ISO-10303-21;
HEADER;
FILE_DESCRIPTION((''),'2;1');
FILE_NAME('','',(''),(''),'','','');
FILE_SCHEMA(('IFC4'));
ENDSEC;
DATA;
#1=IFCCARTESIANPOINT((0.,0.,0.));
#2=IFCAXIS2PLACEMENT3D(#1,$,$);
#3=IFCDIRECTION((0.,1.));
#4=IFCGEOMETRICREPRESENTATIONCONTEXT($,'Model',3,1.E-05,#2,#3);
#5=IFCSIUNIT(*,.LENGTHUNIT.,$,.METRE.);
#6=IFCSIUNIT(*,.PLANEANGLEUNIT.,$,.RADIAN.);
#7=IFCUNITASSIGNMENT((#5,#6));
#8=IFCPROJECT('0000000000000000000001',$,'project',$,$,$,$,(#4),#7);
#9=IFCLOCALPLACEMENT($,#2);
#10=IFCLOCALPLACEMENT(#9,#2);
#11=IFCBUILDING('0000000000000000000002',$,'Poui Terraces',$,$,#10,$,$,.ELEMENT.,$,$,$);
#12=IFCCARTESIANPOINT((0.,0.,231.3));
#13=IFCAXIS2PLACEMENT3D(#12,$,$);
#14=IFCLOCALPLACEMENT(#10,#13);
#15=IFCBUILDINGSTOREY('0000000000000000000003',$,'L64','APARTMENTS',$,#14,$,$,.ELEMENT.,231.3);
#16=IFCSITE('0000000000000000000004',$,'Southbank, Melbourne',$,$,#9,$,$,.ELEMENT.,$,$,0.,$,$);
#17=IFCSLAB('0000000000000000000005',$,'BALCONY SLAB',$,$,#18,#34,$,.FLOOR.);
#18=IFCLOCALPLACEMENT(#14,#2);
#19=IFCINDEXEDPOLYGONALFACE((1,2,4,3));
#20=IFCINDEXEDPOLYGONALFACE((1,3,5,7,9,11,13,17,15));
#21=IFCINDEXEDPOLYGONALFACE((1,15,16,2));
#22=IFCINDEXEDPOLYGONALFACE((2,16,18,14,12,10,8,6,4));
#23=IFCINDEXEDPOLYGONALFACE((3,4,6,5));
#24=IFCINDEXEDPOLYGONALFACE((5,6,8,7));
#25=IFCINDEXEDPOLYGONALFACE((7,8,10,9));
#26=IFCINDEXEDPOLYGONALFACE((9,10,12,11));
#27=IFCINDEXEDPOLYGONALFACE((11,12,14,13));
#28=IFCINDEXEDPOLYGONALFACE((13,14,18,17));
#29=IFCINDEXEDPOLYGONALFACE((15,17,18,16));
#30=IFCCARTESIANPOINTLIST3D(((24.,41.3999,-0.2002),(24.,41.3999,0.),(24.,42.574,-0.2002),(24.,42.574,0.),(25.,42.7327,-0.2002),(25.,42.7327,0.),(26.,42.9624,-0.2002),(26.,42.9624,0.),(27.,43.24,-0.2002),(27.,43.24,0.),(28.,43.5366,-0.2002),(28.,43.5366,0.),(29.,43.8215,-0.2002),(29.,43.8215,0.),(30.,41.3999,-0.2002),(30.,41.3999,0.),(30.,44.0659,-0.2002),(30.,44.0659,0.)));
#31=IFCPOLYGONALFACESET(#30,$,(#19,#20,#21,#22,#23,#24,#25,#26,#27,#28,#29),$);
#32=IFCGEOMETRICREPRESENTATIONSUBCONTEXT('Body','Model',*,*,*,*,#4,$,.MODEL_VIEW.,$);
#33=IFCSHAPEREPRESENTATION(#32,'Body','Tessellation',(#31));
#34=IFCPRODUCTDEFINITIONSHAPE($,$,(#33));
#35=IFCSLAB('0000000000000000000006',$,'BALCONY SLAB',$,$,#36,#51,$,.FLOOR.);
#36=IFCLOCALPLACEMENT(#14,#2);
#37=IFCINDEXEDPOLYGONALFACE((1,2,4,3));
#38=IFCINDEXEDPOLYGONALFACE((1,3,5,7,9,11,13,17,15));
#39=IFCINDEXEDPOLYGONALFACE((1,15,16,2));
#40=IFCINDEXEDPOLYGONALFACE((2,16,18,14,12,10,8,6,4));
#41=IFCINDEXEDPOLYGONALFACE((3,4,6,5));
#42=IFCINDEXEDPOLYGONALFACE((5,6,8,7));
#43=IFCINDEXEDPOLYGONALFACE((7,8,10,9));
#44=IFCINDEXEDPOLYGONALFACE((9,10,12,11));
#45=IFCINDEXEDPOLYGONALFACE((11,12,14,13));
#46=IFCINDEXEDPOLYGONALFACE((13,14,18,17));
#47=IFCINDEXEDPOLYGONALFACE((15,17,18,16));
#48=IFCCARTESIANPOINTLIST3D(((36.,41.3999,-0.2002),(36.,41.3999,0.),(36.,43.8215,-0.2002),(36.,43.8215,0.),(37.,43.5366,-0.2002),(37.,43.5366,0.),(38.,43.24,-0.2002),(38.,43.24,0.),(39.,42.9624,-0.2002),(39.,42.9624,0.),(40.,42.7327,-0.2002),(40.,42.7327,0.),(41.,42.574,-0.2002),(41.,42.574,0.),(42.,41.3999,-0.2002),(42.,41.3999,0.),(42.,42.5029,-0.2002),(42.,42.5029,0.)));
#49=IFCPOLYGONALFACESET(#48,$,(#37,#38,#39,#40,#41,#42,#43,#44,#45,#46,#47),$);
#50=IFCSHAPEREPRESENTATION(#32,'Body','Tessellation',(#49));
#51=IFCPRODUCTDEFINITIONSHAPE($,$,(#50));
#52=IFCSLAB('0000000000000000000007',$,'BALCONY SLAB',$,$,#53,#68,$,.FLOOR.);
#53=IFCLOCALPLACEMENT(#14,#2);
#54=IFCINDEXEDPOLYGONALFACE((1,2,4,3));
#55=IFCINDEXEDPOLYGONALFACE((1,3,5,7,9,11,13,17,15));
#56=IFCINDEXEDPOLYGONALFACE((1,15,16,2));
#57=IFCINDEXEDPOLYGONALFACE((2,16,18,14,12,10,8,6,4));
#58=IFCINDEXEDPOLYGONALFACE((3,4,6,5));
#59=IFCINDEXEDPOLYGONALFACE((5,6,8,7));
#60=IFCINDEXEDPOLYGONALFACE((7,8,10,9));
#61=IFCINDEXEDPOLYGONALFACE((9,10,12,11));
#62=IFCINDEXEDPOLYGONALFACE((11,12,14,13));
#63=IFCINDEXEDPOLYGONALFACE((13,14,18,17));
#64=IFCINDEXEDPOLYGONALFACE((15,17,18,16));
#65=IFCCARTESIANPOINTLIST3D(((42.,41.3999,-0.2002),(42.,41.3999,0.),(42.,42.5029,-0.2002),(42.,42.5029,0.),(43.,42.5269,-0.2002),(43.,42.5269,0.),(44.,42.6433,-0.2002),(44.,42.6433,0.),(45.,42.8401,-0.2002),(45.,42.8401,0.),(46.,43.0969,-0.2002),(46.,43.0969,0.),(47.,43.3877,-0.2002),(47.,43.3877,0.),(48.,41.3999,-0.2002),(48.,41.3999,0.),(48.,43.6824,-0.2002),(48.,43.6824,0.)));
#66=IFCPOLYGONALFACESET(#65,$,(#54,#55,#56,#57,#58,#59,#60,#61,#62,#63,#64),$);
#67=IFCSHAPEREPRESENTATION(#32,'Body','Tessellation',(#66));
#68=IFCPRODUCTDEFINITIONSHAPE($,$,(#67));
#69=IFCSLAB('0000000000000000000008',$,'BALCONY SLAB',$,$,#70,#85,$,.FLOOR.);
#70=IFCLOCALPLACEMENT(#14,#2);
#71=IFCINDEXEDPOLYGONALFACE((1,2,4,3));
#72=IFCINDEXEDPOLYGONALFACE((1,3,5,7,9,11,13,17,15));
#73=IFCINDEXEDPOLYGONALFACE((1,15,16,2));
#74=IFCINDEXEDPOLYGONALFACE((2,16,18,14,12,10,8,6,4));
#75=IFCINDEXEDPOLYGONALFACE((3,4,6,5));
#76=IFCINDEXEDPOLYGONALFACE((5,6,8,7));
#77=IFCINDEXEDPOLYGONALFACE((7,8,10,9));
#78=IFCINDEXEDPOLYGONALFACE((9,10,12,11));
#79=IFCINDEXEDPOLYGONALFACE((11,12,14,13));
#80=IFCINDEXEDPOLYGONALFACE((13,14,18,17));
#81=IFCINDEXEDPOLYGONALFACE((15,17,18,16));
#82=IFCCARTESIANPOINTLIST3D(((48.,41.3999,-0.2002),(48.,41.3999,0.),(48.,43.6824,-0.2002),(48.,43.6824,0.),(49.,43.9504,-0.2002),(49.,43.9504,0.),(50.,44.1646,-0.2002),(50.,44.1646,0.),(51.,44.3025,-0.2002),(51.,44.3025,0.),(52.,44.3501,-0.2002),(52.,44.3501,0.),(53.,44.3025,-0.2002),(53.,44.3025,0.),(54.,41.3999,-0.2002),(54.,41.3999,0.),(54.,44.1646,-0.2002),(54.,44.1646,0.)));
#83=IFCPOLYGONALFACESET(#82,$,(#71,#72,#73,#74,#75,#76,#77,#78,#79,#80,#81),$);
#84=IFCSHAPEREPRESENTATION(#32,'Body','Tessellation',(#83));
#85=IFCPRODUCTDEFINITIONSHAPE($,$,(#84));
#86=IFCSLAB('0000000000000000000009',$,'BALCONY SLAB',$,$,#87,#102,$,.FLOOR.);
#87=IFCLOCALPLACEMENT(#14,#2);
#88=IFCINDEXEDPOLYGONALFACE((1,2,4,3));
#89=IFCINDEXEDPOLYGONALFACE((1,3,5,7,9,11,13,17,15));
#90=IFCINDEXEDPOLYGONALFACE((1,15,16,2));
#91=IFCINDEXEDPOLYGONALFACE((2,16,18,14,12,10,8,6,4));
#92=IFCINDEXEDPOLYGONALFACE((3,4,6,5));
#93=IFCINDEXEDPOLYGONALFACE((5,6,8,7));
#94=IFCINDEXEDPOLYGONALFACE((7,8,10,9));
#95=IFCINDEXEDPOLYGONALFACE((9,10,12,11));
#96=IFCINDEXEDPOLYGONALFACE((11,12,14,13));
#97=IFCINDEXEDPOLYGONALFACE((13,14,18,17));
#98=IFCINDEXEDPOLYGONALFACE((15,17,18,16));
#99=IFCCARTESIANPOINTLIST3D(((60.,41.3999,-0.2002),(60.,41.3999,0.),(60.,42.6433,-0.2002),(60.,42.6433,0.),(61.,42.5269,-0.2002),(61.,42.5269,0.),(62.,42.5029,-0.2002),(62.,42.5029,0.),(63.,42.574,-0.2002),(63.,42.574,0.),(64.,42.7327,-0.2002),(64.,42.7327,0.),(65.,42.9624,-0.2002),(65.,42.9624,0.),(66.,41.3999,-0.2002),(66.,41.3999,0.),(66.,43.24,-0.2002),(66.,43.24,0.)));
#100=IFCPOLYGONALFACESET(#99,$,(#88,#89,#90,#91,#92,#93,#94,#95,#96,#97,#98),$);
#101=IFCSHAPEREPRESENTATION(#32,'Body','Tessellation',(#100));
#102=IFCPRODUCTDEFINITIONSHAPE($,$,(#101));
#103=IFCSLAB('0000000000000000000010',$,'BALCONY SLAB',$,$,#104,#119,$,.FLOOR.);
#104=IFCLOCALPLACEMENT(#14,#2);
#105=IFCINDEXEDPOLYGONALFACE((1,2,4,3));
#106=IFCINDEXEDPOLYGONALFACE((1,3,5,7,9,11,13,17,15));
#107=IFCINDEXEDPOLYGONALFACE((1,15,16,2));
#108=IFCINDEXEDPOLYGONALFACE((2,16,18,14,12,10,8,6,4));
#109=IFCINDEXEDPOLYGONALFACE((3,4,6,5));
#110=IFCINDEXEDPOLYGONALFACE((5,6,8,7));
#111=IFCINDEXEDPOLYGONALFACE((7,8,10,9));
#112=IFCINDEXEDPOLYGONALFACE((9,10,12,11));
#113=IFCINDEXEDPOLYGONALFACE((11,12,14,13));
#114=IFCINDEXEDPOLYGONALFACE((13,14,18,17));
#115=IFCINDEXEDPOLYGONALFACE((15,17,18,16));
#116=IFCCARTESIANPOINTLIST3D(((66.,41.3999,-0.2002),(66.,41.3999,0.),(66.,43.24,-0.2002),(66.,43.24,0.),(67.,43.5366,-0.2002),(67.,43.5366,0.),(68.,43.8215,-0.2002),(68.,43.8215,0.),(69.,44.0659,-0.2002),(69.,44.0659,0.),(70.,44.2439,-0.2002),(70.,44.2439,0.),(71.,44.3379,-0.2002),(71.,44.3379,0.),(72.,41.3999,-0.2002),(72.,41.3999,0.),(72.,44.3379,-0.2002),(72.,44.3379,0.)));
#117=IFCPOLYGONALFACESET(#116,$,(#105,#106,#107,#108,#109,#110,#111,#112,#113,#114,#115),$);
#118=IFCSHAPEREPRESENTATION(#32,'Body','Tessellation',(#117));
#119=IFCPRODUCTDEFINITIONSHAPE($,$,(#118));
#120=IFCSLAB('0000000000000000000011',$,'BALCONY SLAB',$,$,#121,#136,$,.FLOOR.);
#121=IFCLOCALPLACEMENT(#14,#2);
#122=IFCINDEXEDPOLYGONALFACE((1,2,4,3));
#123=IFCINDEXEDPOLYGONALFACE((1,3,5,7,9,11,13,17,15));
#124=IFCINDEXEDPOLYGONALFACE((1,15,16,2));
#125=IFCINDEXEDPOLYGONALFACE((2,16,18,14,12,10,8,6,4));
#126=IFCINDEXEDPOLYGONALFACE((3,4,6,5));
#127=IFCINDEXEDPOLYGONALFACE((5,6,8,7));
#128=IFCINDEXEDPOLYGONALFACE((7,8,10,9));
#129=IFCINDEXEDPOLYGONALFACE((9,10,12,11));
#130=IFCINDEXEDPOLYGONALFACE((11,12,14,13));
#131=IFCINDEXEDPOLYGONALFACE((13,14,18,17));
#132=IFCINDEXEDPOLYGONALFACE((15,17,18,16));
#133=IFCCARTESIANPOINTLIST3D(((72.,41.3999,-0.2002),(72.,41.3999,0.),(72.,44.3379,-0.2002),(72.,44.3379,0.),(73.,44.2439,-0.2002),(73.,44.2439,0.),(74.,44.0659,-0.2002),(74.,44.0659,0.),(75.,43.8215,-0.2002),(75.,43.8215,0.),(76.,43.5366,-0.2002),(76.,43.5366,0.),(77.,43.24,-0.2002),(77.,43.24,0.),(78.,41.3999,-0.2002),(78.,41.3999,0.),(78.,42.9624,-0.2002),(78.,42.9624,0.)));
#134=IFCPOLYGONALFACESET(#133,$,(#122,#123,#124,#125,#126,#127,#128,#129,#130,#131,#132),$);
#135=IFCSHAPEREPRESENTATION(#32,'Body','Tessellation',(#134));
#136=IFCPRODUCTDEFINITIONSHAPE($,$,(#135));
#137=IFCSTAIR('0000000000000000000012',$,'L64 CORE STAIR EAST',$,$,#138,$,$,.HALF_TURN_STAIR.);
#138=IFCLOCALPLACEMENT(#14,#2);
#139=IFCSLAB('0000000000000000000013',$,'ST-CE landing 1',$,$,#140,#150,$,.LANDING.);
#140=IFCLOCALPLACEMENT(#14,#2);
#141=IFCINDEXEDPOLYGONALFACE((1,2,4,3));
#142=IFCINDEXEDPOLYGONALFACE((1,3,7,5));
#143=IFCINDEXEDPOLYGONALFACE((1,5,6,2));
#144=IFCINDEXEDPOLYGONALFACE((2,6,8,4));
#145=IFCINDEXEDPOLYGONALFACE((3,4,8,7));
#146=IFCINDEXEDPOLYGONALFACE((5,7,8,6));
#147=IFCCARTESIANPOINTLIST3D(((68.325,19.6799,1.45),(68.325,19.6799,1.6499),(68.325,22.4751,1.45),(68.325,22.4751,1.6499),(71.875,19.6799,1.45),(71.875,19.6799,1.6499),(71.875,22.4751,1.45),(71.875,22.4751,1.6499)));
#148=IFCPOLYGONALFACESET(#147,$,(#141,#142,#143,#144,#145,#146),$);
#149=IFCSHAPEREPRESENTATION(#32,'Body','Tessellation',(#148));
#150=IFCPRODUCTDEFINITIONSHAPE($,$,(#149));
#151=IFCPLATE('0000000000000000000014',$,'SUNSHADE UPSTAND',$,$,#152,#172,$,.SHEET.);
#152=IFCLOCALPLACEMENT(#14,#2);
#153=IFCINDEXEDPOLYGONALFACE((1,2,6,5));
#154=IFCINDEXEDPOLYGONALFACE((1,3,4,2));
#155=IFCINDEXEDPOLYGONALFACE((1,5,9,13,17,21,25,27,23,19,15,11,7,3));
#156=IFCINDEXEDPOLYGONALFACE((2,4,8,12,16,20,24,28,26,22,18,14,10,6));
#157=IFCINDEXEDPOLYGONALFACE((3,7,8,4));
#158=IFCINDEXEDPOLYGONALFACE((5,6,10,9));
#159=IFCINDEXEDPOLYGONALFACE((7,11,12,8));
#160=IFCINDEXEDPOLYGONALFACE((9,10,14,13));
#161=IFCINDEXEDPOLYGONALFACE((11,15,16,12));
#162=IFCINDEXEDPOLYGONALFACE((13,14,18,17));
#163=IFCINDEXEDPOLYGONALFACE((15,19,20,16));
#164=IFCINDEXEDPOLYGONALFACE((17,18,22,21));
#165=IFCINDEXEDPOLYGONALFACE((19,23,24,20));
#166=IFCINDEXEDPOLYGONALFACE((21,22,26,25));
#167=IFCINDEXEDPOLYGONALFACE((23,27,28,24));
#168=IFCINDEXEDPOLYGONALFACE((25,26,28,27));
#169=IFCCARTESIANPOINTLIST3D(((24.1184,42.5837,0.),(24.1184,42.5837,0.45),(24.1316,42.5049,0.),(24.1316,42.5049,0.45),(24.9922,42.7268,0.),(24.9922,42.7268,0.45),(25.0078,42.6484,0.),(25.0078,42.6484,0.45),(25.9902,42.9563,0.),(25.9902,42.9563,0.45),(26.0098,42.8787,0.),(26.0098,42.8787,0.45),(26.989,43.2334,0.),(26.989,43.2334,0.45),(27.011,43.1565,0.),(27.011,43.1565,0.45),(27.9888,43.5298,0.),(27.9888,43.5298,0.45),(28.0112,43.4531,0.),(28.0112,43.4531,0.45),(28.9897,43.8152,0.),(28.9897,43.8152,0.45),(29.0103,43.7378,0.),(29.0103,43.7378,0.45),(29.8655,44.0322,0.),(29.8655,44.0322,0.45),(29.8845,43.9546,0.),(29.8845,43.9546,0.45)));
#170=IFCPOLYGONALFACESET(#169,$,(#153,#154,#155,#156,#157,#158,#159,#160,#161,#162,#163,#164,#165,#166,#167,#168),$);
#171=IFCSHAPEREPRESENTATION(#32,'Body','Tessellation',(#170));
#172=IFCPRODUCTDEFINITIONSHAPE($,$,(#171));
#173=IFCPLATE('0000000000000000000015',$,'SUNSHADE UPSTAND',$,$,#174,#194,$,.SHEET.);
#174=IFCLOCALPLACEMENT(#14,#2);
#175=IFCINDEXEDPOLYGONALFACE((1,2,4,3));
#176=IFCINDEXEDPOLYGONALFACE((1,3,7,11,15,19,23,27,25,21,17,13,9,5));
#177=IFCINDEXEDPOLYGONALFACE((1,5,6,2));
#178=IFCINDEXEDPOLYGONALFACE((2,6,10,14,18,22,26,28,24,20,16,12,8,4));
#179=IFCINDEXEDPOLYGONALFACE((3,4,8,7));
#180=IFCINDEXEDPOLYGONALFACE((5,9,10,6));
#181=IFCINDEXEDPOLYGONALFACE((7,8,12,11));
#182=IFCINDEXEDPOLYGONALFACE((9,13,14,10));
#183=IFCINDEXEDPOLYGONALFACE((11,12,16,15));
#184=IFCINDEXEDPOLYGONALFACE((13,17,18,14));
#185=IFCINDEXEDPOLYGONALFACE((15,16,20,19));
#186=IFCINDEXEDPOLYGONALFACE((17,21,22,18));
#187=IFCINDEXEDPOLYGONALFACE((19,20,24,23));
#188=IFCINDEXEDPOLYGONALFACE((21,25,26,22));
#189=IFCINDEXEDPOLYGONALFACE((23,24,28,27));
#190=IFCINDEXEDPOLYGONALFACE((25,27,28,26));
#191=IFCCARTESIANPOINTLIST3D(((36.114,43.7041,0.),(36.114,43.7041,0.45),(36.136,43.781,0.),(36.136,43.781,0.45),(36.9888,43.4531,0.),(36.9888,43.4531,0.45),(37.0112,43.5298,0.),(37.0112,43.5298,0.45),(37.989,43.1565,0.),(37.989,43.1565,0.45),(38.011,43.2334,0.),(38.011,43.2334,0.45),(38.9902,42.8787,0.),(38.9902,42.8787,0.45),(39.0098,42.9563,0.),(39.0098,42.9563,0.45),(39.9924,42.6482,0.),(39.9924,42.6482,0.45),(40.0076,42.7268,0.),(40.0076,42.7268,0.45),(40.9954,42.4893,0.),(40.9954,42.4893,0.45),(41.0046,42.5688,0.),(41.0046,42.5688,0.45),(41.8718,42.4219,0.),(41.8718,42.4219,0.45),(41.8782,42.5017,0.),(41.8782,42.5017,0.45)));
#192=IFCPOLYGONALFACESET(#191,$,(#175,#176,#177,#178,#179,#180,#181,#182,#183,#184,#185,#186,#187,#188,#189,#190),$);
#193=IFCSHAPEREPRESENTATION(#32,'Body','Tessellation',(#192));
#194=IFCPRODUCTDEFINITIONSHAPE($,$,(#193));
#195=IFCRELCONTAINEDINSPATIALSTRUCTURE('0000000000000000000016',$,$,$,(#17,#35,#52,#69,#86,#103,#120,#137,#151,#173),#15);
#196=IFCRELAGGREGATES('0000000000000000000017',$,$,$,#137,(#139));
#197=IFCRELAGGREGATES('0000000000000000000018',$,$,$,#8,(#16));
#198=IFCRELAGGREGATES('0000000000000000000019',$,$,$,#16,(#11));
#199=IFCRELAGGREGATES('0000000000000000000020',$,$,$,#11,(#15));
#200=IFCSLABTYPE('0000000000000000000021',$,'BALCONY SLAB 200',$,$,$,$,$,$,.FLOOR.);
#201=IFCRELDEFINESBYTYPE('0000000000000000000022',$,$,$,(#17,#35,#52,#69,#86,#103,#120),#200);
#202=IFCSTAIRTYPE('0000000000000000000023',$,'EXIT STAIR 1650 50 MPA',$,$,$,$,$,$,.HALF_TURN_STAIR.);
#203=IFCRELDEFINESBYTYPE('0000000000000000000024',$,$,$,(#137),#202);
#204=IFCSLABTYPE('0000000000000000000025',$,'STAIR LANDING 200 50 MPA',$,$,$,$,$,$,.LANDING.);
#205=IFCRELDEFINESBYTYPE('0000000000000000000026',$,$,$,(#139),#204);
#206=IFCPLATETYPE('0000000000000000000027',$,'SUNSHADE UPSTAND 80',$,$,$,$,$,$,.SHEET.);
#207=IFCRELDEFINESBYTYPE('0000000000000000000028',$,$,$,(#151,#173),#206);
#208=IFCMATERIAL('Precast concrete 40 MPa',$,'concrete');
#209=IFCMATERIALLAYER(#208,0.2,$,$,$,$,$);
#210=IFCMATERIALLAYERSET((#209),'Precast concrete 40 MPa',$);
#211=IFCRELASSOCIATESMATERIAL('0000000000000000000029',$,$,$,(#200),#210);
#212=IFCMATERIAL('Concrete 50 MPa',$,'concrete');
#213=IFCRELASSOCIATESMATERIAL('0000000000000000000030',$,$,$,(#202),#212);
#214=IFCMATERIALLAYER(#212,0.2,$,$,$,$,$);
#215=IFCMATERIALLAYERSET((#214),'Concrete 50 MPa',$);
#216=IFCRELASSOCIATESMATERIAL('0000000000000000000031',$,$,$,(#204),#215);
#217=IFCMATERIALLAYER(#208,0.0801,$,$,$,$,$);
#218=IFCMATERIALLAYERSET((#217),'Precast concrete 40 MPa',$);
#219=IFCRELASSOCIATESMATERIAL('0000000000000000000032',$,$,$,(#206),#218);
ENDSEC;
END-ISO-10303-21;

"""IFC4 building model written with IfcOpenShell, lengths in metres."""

from ifc_helpers import new_model, si_unit, direction, frame, origin, place, context, subcontext, project, spatial, polyline, outline, extrude, material, layer, layer_set, type_object, element, aggregate, save


model = new_model("IFC4")

# Units and contexts
model_context = context("Model", 3, precision=1e-05, world=origin(), true_north=direction((0.0, 1.0)))
body_context = subcontext(model_context, "Body", "Model", "MODEL_VIEW")
ifc_project = project(units=[si_unit("LENGTHUNIT", "METRE"), si_unit("PLANEANGLEUNIT", "RADIAN")], contexts=[model_context])

# Site, building, storey
site_placement = place(None, origin())
site = spatial("IfcSite", under=ifc_project, at=site_placement, Name="Southbank, Melbourne", CompositionType="ELEMENT", RefElevation=0.0)
building_placement = place(site_placement, origin())
building = spatial("IfcBuilding", under=site, at=building_placement, Name="Poui Terraces", CompositionType="ELEMENT")
storey_placement = place(building_placement, frame((0.0, 0.0, 231.3)))
storey = spatial("IfcBuildingStorey", under=building, at=storey_placement, Name="L64", Description="APARTMENTS", CompositionType="ELEMENT", Elevation=231.3)

# Slabs
ifc_material_1 = material(Name="Precast concrete 40 MPa", Category="concrete")
ifc_layer_1 = layer(ifc_material_1, 0.2)
ifc_layer_set_1 = layer_set([ifc_layer_1], Name="Precast concrete 40 MPa")
slab_type_1 = type_object("IfcSlabType", Name="BALCONY SLAB 200", PredefinedType="FLOOR", material=ifc_layer_set_1)
slab_1_placement = place(storey_placement, frame((0.0, 0.0, -0.2002)))
element("IfcSlab", 1, at=slab_1_placement, inside=storey, type_object=slab_type_1, Name="BALCONY SLAB", PredefinedType="FLOOR", context=body_context, shape_type="SweptSolid", body=[
    extrude(outline(polyline([(24.0, 41.3999), (30.0, 41.3999), (30.0, 44.0659), (29.0, 43.8215), (28.0, 43.5366), (27.0, 43.24), (26.0, 42.9624), (25.0, 42.7327), (24.0, 42.574), (24.0, 41.3999)])), origin(), (0.0, 0.0, 1.0), 0.2002),
])
slab_2_placement = place(storey_placement, frame((0.0, 0.0, -0.2002)))
element("IfcSlab", 2, at=slab_2_placement, inside=storey, type_object=slab_type_1, Name="BALCONY SLAB", PredefinedType="FLOOR", context=body_context, shape_type="SweptSolid", body=[
    extrude(outline(polyline([(36.0, 41.3999), (42.0, 41.3999), (42.0, 42.5029), (41.0, 42.574), (40.0, 42.7327), (39.0, 42.9624), (38.0, 43.24), (37.0, 43.5366), (36.0, 43.8215), (36.0, 41.3999)])), origin(), (0.0, 0.0, 1.0), 0.2002),
])
slab_3_placement = place(storey_placement, frame((0.0, 0.0, -0.2002)))
element("IfcSlab", 3, at=slab_3_placement, inside=storey, type_object=slab_type_1, Name="BALCONY SLAB", PredefinedType="FLOOR", context=body_context, shape_type="SweptSolid", body=[
    extrude(outline(polyline([(42.0, 41.3999), (48.0, 41.3999), (48.0, 43.6824), (47.0, 43.3877), (46.0, 43.0969), (45.0, 42.8401), (44.0, 42.6433), (43.0, 42.5269), (42.0, 42.5029), (42.0, 41.3999)])), origin(), (0.0, 0.0, 1.0), 0.2002),
])
slab_4_placement = place(storey_placement, frame((0.0, 0.0, -0.2002)))
element("IfcSlab", 4, at=slab_4_placement, inside=storey, type_object=slab_type_1, Name="BALCONY SLAB", PredefinedType="FLOOR", context=body_context, shape_type="SweptSolid", body=[
    extrude(outline(polyline([(48.0, 41.3999), (54.0, 41.3999), (54.0, 44.1646), (53.0, 44.3025), (52.0, 44.3501), (51.0, 44.3025), (50.0, 44.1646), (49.0, 43.9504), (48.0, 43.6824), (48.0, 41.3999)])), origin(), (0.0, 0.0, 1.0), 0.2002),
])
slab_5_placement = place(storey_placement, frame((0.0, 0.0, -0.2002)))
element("IfcSlab", 5, at=slab_5_placement, inside=storey, type_object=slab_type_1, Name="BALCONY SLAB", PredefinedType="FLOOR", context=body_context, shape_type="SweptSolid", body=[
    extrude(outline(polyline([(60.0, 41.3999), (66.0, 41.3999), (66.0, 43.24), (65.0, 42.9624), (64.0, 42.7327), (63.0, 42.574), (62.0, 42.5029), (61.0, 42.5269), (60.0, 42.6433), (60.0, 41.3999)])), origin(), (0.0, 0.0, 1.0), 0.2002),
])
slab_6_placement = place(storey_placement, frame((0.0, 0.0, -0.2002)))
element("IfcSlab", 6, at=slab_6_placement, inside=storey, type_object=slab_type_1, Name="BALCONY SLAB", PredefinedType="FLOOR", context=body_context, shape_type="SweptSolid", body=[
    extrude(outline(polyline([(66.0, 41.3999), (72.0, 41.3999), (72.0, 44.3379), (71.0, 44.3379), (70.0, 44.2439), (69.0, 44.0659), (68.0, 43.8215), (67.0, 43.5366), (66.0, 43.24), (66.0, 41.3999)])), origin(), (0.0, 0.0, 1.0), 0.2002),
])
slab_7_placement = place(storey_placement, frame((0.0, 0.0, -0.2002)))
element("IfcSlab", 7, at=slab_7_placement, inside=storey, type_object=slab_type_1, Name="BALCONY SLAB", PredefinedType="FLOOR", context=body_context, shape_type="SweptSolid", body=[
    extrude(outline(polyline([(72.0, 41.3999), (78.0, 41.3999), (78.0, 42.9624), (77.0, 43.24), (76.0, 43.5366), (75.0, 43.8215), (74.0, 44.0659), (73.0, 44.2439), (72.0, 44.3379), (72.0, 41.3999)])), origin(), (0.0, 0.0, 1.0), 0.2002),
])

# Stair, slab
ifc_material_2 = material(Name="Concrete 50 MPa", Category="concrete")
stair_type = type_object("IfcStairType", Name="EXIT STAIR 1650 50 MPA", PredefinedType="HALF_TURN_STAIR", material=ifc_material_2)
stair_placement = place(storey_placement, origin())
stair = element("IfcStair", 8, at=stair_placement, inside=storey, type_object=stair_type, Name="L64 CORE STAIR EAST", PredefinedType="HALF_TURN_STAIR")
ifc_layer_2 = layer(ifc_material_2, 0.2)
ifc_layer_set_2 = layer_set([ifc_layer_2], Name="Concrete 50 MPa")
slab_type_2 = type_object("IfcSlabType", Name="STAIR LANDING 200 50 MPA", PredefinedType="LANDING", material=ifc_layer_set_2)
slab_8_placement = place(storey_placement, frame((0.0, 0.0, 1.45)))
slab_8 = element("IfcSlab", 9, at=slab_8_placement, type_object=slab_type_2, Name="ST-CE landing 1", PredefinedType="LANDING", context=body_context, shape_type="SweptSolid", body=[
    extrude(outline(polyline([(68.325, 19.6799), (71.875, 19.6799), (71.875, 22.4751), (68.325, 22.4751), (68.325, 19.6799)])), origin(), (0.0, 0.0, 1.0), 0.2),
])
aggregate(stair, [slab_8])

# Plates
ifc_layer_3 = layer(ifc_material_1, 0.0801)
ifc_layer_set_3 = layer_set([ifc_layer_3], Name="Precast concrete 40 MPa")
plate_type = type_object("IfcPlateType", Name="SUNSHADE UPSTAND 80", PredefinedType="SHEET", material=ifc_layer_set_3)
plate_1_placement = place(storey_placement, origin())
element("IfcPlate", 10, at=plate_1_placement, inside=storey, type_object=plate_type, Name="SUNSHADE UPSTAND", PredefinedType="SHEET", context=body_context, shape_type="SweptSolid", body=[
    extrude(outline(polyline([(24.9922, 42.7268), (24.1184, 42.5837), (24.1316, 42.5049), (25.0078, 42.6484), (26.0098, 42.8787), (27.011, 43.1565), (28.0112, 43.4531), (29.0103, 43.7378), (29.8845, 43.9546), (29.8655, 44.0322), (28.9897, 43.8152), (27.9888, 43.5298), (26.989, 43.2334), (25.9902, 42.9563), (24.9922, 42.7268)])), origin(), (0.0, 0.0, 1.0), 0.45),
])
plate_2_placement = place(storey_placement, origin())
element("IfcPlate", 11, at=plate_2_placement, inside=storey, type_object=plate_type, Name="SUNSHADE UPSTAND", PredefinedType="SHEET", context=body_context, shape_type="SweptSolid", body=[
    extrude(outline(polyline([(37.0112, 43.5298), (36.136, 43.781), (36.114, 43.7041), (36.9888, 43.4531), (37.989, 43.1565), (38.9902, 42.8787), (39.9924, 42.6482), (40.9954, 42.4893), (41.8718, 42.4219), (41.8782, 42.5017), (41.0046, 42.5688), (40.0076, 42.7268), (39.0098, 42.9563), (38.011, 43.2334), (37.0112, 43.5298)])), origin(), (0.0, 0.0, 1.0), 0.45),
])

save(model, "model.ifc")
